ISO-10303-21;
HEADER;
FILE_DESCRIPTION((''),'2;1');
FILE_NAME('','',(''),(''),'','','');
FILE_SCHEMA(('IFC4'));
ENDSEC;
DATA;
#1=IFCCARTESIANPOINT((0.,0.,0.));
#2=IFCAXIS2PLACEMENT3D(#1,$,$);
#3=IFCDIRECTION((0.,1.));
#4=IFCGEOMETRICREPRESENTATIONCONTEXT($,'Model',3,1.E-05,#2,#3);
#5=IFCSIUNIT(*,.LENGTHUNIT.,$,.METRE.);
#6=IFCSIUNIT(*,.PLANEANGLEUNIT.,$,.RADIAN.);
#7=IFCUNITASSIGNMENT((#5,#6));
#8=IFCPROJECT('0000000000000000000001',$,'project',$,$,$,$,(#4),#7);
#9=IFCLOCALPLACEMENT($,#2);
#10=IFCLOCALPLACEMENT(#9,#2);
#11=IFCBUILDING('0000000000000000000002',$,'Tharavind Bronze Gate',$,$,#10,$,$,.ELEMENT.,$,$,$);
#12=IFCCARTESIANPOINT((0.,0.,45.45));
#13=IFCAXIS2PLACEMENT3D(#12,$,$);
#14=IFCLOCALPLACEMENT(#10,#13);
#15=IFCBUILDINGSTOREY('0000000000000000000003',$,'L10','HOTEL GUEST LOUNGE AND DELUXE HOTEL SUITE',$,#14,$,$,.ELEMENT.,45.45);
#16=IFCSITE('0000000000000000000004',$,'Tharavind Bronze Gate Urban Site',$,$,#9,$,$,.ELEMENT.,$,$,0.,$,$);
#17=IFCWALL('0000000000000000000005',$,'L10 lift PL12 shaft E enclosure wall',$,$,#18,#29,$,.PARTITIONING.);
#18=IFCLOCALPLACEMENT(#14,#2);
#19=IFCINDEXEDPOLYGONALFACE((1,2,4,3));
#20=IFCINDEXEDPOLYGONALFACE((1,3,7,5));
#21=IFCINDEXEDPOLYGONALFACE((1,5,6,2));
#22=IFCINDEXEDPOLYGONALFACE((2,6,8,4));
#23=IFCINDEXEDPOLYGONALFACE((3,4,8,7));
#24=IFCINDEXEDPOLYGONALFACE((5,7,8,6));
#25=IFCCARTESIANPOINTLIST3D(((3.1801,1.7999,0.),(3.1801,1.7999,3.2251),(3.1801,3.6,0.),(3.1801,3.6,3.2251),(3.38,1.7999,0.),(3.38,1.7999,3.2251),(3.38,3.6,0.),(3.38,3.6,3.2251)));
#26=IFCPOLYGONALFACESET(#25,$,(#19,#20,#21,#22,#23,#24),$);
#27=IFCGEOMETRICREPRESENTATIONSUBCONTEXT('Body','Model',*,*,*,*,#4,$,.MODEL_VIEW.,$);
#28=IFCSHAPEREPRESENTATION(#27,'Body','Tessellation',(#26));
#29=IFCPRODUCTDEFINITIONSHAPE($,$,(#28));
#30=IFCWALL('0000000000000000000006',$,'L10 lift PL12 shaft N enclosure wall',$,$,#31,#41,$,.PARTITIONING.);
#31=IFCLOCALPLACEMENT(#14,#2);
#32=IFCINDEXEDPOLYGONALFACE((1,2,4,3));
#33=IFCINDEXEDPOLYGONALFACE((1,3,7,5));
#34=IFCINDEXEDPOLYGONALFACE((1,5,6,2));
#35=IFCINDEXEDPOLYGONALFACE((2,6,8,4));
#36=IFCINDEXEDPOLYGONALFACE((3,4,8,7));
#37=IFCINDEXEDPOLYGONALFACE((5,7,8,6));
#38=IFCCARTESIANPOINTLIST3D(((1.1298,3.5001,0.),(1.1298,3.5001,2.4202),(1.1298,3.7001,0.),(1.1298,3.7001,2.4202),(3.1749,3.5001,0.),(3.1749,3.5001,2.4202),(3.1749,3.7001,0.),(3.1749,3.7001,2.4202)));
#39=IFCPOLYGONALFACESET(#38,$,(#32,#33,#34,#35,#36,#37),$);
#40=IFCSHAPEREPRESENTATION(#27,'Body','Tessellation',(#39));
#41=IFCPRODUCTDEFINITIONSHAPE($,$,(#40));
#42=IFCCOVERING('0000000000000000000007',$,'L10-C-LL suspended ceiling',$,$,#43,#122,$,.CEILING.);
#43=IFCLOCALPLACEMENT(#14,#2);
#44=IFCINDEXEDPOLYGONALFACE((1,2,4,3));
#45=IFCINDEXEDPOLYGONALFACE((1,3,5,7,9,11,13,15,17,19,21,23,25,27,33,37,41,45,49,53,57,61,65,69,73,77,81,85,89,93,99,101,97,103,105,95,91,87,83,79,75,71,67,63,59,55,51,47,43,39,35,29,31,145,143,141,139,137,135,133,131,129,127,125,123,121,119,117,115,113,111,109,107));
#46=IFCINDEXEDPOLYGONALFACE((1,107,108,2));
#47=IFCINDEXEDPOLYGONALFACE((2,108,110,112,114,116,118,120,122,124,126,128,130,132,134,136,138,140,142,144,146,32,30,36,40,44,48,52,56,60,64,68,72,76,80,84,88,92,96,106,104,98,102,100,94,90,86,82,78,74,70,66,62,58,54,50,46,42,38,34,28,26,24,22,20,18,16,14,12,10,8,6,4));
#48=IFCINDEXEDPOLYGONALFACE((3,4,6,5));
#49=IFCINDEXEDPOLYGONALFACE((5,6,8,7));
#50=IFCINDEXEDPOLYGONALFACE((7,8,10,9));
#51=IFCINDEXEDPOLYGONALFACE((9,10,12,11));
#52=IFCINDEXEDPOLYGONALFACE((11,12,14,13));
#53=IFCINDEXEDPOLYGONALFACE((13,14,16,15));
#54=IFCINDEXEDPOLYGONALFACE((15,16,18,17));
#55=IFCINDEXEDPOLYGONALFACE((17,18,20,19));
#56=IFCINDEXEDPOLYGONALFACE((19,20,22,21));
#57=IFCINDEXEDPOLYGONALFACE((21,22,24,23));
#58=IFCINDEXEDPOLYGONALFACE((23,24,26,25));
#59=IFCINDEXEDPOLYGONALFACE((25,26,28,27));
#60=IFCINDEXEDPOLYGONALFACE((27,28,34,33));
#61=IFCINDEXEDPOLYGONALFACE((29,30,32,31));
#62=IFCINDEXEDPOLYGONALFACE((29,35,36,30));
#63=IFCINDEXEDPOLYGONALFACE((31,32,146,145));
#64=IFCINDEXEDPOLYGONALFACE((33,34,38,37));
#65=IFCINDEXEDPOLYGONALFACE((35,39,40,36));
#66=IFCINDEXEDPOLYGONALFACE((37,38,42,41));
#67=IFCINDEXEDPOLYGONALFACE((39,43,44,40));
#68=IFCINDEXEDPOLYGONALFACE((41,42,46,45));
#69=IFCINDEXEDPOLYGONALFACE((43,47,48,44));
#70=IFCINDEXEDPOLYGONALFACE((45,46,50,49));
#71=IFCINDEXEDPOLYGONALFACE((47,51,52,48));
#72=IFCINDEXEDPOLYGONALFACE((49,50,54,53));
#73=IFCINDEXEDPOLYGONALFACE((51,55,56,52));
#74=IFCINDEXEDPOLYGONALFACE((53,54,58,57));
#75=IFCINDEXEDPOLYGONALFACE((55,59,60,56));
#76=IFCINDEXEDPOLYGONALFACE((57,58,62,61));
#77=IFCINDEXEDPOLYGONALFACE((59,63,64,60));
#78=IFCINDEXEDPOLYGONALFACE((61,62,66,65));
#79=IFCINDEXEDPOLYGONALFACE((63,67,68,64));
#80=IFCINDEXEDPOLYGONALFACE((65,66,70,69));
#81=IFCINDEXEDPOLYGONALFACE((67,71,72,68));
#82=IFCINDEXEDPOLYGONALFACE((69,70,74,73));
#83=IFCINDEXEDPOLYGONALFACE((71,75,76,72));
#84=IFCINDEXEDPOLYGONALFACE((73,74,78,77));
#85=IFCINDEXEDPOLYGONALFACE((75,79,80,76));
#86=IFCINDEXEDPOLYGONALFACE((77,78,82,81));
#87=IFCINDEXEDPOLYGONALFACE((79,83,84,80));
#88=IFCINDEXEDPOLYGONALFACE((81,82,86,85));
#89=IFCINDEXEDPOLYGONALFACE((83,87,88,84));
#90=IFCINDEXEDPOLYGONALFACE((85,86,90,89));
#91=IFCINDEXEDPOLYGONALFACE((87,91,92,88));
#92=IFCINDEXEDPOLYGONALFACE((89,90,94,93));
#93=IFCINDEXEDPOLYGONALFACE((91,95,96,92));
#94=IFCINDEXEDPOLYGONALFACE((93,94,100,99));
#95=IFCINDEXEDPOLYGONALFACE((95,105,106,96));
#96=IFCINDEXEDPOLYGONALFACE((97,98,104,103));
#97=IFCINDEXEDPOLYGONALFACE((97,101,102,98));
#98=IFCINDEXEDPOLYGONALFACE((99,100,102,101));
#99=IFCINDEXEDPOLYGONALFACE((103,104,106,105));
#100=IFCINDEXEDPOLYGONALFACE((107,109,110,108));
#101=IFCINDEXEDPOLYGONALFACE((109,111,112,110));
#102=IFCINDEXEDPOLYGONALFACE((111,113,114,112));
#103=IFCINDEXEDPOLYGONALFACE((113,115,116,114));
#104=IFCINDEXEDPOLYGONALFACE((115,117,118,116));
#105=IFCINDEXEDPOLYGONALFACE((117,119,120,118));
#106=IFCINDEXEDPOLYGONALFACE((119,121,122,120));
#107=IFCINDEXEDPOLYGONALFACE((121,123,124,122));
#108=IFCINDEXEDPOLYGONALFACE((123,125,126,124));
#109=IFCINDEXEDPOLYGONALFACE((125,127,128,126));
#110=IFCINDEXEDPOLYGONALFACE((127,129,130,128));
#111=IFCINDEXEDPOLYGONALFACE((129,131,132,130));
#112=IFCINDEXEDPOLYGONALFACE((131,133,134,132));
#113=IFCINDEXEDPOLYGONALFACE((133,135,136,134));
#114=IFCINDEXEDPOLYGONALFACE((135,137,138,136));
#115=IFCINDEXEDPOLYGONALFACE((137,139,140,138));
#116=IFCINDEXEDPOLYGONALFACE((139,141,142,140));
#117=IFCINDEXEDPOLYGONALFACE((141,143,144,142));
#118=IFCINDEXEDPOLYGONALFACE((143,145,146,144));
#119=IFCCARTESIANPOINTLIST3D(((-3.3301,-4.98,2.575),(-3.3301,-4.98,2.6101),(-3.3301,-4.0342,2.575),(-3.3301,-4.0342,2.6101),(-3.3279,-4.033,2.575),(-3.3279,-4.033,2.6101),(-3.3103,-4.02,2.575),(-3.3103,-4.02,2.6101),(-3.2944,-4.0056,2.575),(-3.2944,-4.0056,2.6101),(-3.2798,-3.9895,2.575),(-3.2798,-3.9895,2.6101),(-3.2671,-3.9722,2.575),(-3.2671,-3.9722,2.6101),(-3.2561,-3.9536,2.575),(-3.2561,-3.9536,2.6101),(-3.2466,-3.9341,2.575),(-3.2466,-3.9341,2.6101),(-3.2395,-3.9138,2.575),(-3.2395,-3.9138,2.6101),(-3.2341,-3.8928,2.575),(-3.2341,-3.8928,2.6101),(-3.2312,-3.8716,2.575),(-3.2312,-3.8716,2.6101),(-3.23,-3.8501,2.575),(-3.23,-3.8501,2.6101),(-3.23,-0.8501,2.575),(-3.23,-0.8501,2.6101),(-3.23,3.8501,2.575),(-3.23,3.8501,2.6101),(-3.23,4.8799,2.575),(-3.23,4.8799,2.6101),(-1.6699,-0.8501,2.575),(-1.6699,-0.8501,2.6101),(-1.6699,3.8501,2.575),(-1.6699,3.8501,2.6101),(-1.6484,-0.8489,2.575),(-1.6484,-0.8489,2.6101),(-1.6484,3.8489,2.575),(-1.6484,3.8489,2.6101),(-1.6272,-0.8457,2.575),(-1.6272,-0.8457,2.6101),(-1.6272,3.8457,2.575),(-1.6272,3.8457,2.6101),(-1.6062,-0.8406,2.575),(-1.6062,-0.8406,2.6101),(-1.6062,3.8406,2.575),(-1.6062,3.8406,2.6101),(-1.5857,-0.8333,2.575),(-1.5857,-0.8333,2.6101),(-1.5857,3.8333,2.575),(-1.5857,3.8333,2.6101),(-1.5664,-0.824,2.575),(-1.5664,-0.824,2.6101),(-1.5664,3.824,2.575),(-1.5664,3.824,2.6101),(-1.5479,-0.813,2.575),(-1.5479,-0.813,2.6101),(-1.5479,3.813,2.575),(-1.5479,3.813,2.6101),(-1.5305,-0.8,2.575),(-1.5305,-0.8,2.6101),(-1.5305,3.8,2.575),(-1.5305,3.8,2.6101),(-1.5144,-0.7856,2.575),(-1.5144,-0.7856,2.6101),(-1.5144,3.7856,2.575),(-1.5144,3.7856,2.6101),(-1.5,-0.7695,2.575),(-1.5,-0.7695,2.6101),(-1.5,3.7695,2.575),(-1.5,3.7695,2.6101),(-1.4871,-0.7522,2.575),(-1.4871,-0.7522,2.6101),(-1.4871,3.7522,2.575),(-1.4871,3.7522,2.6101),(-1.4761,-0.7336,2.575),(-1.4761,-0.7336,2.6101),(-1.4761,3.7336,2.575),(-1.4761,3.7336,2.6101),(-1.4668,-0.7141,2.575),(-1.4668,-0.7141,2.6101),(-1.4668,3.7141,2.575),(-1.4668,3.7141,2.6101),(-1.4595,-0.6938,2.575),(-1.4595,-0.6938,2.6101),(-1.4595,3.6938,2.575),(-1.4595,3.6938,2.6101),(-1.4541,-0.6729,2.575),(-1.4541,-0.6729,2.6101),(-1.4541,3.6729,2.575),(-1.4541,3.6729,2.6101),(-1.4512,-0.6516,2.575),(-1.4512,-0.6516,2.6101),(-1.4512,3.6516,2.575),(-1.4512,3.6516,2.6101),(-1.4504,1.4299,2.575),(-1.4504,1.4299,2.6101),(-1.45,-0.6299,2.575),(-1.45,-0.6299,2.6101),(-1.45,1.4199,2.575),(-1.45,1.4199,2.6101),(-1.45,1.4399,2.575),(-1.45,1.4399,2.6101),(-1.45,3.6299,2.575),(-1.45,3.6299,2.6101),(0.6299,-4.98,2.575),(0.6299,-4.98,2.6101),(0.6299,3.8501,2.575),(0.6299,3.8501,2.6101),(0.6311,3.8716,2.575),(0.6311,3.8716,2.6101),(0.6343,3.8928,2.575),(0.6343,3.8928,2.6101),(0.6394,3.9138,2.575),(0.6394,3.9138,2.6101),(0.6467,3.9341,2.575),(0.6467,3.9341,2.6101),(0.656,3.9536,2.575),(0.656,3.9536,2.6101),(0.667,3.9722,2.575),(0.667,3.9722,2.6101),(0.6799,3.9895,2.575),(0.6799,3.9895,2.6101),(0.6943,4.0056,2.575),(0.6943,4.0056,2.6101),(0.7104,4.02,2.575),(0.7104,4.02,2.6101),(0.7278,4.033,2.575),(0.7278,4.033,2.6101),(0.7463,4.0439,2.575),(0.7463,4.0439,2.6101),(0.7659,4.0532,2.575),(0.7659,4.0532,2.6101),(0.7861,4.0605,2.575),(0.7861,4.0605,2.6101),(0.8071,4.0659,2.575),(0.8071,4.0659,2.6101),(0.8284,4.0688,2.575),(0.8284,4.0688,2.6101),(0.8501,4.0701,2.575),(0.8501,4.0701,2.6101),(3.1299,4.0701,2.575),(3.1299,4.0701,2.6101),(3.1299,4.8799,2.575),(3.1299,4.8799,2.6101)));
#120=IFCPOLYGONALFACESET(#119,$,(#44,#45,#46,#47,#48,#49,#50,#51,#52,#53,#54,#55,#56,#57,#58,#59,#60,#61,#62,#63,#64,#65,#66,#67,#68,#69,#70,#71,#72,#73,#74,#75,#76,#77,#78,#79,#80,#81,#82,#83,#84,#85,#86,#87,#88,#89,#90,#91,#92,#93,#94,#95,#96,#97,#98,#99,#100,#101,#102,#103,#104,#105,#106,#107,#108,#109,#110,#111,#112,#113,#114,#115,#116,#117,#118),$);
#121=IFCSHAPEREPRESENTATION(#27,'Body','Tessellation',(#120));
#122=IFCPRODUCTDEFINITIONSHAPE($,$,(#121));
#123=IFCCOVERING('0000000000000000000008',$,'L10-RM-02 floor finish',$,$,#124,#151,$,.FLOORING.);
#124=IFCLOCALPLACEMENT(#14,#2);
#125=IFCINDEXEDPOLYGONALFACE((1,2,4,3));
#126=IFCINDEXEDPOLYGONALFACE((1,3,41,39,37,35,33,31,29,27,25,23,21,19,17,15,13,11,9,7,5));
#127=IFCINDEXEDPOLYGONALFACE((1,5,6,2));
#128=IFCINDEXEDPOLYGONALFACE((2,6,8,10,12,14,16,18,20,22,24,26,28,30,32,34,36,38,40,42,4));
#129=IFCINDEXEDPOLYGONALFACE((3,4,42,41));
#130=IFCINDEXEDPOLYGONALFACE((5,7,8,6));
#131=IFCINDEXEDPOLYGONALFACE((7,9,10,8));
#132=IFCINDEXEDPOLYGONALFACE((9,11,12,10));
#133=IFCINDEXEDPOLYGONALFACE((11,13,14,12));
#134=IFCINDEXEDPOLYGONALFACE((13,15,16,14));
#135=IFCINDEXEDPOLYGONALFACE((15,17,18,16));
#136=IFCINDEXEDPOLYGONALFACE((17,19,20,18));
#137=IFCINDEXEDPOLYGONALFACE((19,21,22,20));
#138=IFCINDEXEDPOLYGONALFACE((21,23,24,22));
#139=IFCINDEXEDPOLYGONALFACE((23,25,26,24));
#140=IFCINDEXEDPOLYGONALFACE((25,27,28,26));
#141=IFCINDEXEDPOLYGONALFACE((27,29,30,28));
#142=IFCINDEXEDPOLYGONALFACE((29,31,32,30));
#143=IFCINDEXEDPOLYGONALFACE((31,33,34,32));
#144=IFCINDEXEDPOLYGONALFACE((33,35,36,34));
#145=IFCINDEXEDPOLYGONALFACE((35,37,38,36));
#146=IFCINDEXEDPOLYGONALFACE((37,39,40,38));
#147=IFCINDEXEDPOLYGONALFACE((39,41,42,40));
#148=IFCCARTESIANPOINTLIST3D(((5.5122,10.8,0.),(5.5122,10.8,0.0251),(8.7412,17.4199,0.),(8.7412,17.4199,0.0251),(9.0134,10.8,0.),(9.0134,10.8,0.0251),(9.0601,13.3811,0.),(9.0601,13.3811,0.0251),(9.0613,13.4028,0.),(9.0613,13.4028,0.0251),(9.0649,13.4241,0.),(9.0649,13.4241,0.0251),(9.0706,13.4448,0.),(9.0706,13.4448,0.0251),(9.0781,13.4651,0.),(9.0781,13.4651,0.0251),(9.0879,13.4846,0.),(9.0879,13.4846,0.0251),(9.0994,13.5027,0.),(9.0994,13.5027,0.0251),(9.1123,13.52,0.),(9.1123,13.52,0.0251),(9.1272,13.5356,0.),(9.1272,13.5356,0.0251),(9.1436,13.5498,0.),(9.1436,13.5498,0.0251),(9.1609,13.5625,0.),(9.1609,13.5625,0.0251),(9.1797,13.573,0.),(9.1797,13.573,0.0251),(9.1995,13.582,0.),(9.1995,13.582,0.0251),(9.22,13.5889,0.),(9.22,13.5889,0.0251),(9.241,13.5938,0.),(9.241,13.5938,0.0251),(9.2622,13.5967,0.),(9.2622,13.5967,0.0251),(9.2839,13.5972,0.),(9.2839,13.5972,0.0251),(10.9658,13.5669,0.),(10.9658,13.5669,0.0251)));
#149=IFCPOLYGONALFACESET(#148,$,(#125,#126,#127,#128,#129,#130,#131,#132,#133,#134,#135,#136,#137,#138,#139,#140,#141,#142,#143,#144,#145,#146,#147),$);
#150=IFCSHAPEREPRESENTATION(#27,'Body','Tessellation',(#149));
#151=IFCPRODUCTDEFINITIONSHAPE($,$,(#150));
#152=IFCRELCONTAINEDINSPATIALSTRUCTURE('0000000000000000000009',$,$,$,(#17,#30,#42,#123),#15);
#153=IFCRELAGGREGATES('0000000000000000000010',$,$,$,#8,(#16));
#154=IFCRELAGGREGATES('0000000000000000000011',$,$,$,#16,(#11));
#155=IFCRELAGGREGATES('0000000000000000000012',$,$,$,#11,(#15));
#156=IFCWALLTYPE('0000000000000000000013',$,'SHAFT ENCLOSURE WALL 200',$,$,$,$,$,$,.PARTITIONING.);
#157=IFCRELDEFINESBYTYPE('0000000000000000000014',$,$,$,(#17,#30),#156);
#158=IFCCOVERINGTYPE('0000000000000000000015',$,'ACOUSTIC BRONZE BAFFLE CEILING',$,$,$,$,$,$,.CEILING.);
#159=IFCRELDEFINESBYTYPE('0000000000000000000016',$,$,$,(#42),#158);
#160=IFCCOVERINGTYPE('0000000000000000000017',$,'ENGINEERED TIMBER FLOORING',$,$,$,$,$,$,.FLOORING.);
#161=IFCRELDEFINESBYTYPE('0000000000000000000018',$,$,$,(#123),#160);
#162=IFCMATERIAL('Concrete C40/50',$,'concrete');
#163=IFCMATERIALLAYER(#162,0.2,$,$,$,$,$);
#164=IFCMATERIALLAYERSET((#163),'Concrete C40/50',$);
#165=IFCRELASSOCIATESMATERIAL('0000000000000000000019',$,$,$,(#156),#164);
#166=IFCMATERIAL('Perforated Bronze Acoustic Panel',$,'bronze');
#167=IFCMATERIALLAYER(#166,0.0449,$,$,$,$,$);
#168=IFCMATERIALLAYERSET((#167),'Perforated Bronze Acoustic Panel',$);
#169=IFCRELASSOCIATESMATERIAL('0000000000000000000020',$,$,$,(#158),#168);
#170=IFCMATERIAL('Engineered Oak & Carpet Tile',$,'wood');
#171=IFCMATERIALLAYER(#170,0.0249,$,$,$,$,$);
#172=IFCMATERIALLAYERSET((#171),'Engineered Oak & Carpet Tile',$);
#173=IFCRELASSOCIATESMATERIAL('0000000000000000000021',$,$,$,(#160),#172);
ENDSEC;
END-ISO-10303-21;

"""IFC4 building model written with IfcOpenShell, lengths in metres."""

from ifc_helpers import new_model, si_unit, direction, frame, frame_2d, origin, place, context, subcontext, project, spatial, polyline, rectangle, outline, extrude, material, layer, layer_set, type_object, element, save


model = new_model("IFC4")

# Units and contexts
model_context = context("Model", 3, precision=1e-05, world=origin(), true_north=direction((0.0, 1.0)))
body_context = subcontext(model_context, "Body", "Model", "MODEL_VIEW")
ifc_project = project(units=[si_unit("LENGTHUNIT", "METRE"), si_unit("PLANEANGLEUNIT", "RADIAN")], contexts=[model_context])

# Site, building, storey
site_placement = place(None, origin())
site = spatial("IfcSite", under=ifc_project, at=site_placement, Name="Tharavind Bronze Gate Urban Site", CompositionType="ELEMENT", RefElevation=0.0)
building_placement = place(site_placement, origin())
building = spatial("IfcBuilding", under=site, at=building_placement, Name="Tharavind Bronze Gate", CompositionType="ELEMENT")
storey_placement = place(building_placement, frame((0.0, 0.0, 45.45)))
storey = spatial("IfcBuildingStorey", under=building, at=storey_placement, Name="L10", Description="HOTEL GUEST LOUNGE AND DELUXE HOTEL SUITE", CompositionType="ELEMENT", Elevation=45.45)

# Shared definitions
ifc_material_1 = material(Name="Concrete C40/50", Category="concrete")

# Walls
ifc_layer_1 = layer(ifc_material_1, 0.2)
ifc_layer_set_1 = layer_set([ifc_layer_1], Name="Concrete C40/50")
wall_type_1 = type_object("IfcWallType", Name="SHAFT ENCLOSURE WALL 200", PredefinedType="PARTITIONING", material=ifc_layer_set_1)
wall_1_placement = place(storey_placement, frame((3.28, 1.8, 0.0), z_axis=(0.0, 0.0, 1.0), x_axis=(0.0, 1.0, 0.0)))
element("IfcWall", 1, at=wall_1_placement, inside=storey, type_object=wall_type_1, Name="L10 lift PL12 shaft E enclosure wall", PredefinedType="PARTITIONING", context=body_context, shape_type="SweptSolid", body=[
    extrude(rectangle(XDim=1.8, YDim=0.2, at=frame_2d((0.8999, 0.0))), origin(), (0.0, 0.0, 1.0), 3.2251),
])
wall_2_placement = place(storey_placement, frame((1.1299, 3.6001, 0.0), z_axis=(0.0, 0.0, 1.0), x_axis=(1.0, 0.0, 0.0)))
element("IfcWall", 2, at=wall_2_placement, inside=storey, type_object=wall_type_1, Name="L10 lift PL12 shaft N enclosure wall", PredefinedType="PARTITIONING", context=body_context, shape_type="SweptSolid", body=[
    extrude(rectangle(XDim=2.0452, YDim=0.2, at=frame_2d((1.0225, 0.0))), origin(), (0.0, 0.0, 1.0), 2.4202),
])

# Coverings
ifc_material_2 = material(Name="Perforated Bronze Acoustic Panel", Category="bronze")
ifc_layer_2 = layer(ifc_material_2, 0.0449)
ifc_layer_set_2 = layer_set([ifc_layer_2], Name="Perforated Bronze Acoustic Panel")
covering_type_1 = type_object("IfcCoveringType", Name="ACOUSTIC BRONZE BAFFLE CEILING", PredefinedType="CEILING", material=ifc_layer_set_2)
covering_1_placement = place(storey_placement, frame((0.0, 0.0, 2.575)))
element("IfcCovering", 3, at=covering_1_placement, inside=storey, type_object=covering_type_1, Name="L10-C-LL suspended ceiling", PredefinedType="CEILING", context=body_context, shape_type="SweptSolid", body=[
    extrude(outline(polyline([(-3.3301, -4.98), (0.6299, -4.98), (0.6299, 3.8501), (0.6311, 3.8716), (0.6343, 3.8928), (0.6394, 3.9138), (0.6467, 3.9341), (0.656, 3.9536), (0.667, 3.9722), (0.6799, 3.9895), (0.6943, 4.0056), (0.7104, 4.02), (0.7278, 4.033), (0.7463, 4.0439), (0.7659, 4.0532), (0.7861, 4.0605), (0.8071, 4.0659), (0.8284, 4.0688), (0.8501, 4.0701), (3.1299, 4.0701), (3.1299, 4.8799), (-3.23, 4.8799), (-3.23, 3.8501), (-1.6699, 3.8501), (-1.6484, 3.8489), (-1.6272, 3.8457), (-1.6062, 3.8406), (-1.5857, 3.8333), (-1.5664, 3.824), (-1.5479, 3.813), (-1.5305, 3.8), (-1.5144, 3.7856), (-1.5, 3.7695), (-1.4871, 3.7522), (-1.4761, 3.7336), (-1.4668, 3.7141), (-1.4595, 3.6938), (-1.4541, 3.6729), (-1.4512, 3.6516), (-1.45, 3.6299), (-1.45, 1.4399), (-1.4504, 1.4299), (-1.45, 1.4199), (-1.45, -0.6299), (-1.4512, -0.6516), (-1.4541, -0.6729), (-1.4595, -0.6938), (-1.4668, -0.7141), (-1.4761, -0.7336), (-1.4871, -0.7522), (-1.5, -0.7695), (-1.5144, -0.7856), (-1.5305, -0.8), (-1.5479, -0.813), (-1.5664, -0.824), (-1.5857, -0.8333), (-1.6062, -0.8406), (-1.6272, -0.8457), (-1.6484, -0.8489), (-1.6699, -0.8501), (-3.23, -0.8501), (-3.23, -3.8501), (-3.2312, -3.8716), (-3.2341, -3.8928), (-3.2395, -3.9138), (-3.2466, -3.9341), (-3.2561, -3.9536), (-3.2671, -3.9722), (-3.2798, -3.9895), (-3.2944, -4.0056), (-3.3103, -4.02), (-3.3279, -4.033), (-3.3301, -4.0342), (-3.3301, -4.98)])), origin(), (0.0, 0.0, 1.0), 0.0352),
])
ifc_material_3 = material(Name="Engineered Oak & Carpet Tile", Category="wood")
ifc_layer_3 = layer(ifc_material_3, 0.0249)
ifc_layer_set_3 = layer_set([ifc_layer_3], Name="Engineered Oak & Carpet Tile")
covering_type_2 = type_object("IfcCoveringType", Name="ENGINEERED TIMBER FLOORING", PredefinedType="FLOORING", material=ifc_layer_set_3)
covering_2_placement = place(storey_placement, origin())
element("IfcCovering", 4, at=covering_2_placement, inside=storey, type_object=covering_type_2, Name="L10-RM-02 floor finish", PredefinedType="FLOORING", context=body_context, shape_type="SweptSolid", body=[
    extrude(outline(polyline([(9.0134, 10.8), (9.0601, 13.3811), (9.0613, 13.4028), (9.0649, 13.4241), (9.0706, 13.4448), (9.0781, 13.4651), (9.0879, 13.4846), (9.0994, 13.5027), (9.1123, 13.52), (9.1272, 13.5356), (9.1436, 13.5498), (9.1609, 13.5625), (9.1797, 13.573), (9.1995, 13.582), (9.22, 13.5889), (9.241, 13.5938), (9.2622, 13.5967), (9.2839, 13.5972), (10.9658, 13.5669), (8.7412, 17.4199), (5.5122, 10.8), (9.0134, 10.8)])), origin(), (0.0, 0.0, 1.0), 0.0251),
])

save(model, "model.ifc")
